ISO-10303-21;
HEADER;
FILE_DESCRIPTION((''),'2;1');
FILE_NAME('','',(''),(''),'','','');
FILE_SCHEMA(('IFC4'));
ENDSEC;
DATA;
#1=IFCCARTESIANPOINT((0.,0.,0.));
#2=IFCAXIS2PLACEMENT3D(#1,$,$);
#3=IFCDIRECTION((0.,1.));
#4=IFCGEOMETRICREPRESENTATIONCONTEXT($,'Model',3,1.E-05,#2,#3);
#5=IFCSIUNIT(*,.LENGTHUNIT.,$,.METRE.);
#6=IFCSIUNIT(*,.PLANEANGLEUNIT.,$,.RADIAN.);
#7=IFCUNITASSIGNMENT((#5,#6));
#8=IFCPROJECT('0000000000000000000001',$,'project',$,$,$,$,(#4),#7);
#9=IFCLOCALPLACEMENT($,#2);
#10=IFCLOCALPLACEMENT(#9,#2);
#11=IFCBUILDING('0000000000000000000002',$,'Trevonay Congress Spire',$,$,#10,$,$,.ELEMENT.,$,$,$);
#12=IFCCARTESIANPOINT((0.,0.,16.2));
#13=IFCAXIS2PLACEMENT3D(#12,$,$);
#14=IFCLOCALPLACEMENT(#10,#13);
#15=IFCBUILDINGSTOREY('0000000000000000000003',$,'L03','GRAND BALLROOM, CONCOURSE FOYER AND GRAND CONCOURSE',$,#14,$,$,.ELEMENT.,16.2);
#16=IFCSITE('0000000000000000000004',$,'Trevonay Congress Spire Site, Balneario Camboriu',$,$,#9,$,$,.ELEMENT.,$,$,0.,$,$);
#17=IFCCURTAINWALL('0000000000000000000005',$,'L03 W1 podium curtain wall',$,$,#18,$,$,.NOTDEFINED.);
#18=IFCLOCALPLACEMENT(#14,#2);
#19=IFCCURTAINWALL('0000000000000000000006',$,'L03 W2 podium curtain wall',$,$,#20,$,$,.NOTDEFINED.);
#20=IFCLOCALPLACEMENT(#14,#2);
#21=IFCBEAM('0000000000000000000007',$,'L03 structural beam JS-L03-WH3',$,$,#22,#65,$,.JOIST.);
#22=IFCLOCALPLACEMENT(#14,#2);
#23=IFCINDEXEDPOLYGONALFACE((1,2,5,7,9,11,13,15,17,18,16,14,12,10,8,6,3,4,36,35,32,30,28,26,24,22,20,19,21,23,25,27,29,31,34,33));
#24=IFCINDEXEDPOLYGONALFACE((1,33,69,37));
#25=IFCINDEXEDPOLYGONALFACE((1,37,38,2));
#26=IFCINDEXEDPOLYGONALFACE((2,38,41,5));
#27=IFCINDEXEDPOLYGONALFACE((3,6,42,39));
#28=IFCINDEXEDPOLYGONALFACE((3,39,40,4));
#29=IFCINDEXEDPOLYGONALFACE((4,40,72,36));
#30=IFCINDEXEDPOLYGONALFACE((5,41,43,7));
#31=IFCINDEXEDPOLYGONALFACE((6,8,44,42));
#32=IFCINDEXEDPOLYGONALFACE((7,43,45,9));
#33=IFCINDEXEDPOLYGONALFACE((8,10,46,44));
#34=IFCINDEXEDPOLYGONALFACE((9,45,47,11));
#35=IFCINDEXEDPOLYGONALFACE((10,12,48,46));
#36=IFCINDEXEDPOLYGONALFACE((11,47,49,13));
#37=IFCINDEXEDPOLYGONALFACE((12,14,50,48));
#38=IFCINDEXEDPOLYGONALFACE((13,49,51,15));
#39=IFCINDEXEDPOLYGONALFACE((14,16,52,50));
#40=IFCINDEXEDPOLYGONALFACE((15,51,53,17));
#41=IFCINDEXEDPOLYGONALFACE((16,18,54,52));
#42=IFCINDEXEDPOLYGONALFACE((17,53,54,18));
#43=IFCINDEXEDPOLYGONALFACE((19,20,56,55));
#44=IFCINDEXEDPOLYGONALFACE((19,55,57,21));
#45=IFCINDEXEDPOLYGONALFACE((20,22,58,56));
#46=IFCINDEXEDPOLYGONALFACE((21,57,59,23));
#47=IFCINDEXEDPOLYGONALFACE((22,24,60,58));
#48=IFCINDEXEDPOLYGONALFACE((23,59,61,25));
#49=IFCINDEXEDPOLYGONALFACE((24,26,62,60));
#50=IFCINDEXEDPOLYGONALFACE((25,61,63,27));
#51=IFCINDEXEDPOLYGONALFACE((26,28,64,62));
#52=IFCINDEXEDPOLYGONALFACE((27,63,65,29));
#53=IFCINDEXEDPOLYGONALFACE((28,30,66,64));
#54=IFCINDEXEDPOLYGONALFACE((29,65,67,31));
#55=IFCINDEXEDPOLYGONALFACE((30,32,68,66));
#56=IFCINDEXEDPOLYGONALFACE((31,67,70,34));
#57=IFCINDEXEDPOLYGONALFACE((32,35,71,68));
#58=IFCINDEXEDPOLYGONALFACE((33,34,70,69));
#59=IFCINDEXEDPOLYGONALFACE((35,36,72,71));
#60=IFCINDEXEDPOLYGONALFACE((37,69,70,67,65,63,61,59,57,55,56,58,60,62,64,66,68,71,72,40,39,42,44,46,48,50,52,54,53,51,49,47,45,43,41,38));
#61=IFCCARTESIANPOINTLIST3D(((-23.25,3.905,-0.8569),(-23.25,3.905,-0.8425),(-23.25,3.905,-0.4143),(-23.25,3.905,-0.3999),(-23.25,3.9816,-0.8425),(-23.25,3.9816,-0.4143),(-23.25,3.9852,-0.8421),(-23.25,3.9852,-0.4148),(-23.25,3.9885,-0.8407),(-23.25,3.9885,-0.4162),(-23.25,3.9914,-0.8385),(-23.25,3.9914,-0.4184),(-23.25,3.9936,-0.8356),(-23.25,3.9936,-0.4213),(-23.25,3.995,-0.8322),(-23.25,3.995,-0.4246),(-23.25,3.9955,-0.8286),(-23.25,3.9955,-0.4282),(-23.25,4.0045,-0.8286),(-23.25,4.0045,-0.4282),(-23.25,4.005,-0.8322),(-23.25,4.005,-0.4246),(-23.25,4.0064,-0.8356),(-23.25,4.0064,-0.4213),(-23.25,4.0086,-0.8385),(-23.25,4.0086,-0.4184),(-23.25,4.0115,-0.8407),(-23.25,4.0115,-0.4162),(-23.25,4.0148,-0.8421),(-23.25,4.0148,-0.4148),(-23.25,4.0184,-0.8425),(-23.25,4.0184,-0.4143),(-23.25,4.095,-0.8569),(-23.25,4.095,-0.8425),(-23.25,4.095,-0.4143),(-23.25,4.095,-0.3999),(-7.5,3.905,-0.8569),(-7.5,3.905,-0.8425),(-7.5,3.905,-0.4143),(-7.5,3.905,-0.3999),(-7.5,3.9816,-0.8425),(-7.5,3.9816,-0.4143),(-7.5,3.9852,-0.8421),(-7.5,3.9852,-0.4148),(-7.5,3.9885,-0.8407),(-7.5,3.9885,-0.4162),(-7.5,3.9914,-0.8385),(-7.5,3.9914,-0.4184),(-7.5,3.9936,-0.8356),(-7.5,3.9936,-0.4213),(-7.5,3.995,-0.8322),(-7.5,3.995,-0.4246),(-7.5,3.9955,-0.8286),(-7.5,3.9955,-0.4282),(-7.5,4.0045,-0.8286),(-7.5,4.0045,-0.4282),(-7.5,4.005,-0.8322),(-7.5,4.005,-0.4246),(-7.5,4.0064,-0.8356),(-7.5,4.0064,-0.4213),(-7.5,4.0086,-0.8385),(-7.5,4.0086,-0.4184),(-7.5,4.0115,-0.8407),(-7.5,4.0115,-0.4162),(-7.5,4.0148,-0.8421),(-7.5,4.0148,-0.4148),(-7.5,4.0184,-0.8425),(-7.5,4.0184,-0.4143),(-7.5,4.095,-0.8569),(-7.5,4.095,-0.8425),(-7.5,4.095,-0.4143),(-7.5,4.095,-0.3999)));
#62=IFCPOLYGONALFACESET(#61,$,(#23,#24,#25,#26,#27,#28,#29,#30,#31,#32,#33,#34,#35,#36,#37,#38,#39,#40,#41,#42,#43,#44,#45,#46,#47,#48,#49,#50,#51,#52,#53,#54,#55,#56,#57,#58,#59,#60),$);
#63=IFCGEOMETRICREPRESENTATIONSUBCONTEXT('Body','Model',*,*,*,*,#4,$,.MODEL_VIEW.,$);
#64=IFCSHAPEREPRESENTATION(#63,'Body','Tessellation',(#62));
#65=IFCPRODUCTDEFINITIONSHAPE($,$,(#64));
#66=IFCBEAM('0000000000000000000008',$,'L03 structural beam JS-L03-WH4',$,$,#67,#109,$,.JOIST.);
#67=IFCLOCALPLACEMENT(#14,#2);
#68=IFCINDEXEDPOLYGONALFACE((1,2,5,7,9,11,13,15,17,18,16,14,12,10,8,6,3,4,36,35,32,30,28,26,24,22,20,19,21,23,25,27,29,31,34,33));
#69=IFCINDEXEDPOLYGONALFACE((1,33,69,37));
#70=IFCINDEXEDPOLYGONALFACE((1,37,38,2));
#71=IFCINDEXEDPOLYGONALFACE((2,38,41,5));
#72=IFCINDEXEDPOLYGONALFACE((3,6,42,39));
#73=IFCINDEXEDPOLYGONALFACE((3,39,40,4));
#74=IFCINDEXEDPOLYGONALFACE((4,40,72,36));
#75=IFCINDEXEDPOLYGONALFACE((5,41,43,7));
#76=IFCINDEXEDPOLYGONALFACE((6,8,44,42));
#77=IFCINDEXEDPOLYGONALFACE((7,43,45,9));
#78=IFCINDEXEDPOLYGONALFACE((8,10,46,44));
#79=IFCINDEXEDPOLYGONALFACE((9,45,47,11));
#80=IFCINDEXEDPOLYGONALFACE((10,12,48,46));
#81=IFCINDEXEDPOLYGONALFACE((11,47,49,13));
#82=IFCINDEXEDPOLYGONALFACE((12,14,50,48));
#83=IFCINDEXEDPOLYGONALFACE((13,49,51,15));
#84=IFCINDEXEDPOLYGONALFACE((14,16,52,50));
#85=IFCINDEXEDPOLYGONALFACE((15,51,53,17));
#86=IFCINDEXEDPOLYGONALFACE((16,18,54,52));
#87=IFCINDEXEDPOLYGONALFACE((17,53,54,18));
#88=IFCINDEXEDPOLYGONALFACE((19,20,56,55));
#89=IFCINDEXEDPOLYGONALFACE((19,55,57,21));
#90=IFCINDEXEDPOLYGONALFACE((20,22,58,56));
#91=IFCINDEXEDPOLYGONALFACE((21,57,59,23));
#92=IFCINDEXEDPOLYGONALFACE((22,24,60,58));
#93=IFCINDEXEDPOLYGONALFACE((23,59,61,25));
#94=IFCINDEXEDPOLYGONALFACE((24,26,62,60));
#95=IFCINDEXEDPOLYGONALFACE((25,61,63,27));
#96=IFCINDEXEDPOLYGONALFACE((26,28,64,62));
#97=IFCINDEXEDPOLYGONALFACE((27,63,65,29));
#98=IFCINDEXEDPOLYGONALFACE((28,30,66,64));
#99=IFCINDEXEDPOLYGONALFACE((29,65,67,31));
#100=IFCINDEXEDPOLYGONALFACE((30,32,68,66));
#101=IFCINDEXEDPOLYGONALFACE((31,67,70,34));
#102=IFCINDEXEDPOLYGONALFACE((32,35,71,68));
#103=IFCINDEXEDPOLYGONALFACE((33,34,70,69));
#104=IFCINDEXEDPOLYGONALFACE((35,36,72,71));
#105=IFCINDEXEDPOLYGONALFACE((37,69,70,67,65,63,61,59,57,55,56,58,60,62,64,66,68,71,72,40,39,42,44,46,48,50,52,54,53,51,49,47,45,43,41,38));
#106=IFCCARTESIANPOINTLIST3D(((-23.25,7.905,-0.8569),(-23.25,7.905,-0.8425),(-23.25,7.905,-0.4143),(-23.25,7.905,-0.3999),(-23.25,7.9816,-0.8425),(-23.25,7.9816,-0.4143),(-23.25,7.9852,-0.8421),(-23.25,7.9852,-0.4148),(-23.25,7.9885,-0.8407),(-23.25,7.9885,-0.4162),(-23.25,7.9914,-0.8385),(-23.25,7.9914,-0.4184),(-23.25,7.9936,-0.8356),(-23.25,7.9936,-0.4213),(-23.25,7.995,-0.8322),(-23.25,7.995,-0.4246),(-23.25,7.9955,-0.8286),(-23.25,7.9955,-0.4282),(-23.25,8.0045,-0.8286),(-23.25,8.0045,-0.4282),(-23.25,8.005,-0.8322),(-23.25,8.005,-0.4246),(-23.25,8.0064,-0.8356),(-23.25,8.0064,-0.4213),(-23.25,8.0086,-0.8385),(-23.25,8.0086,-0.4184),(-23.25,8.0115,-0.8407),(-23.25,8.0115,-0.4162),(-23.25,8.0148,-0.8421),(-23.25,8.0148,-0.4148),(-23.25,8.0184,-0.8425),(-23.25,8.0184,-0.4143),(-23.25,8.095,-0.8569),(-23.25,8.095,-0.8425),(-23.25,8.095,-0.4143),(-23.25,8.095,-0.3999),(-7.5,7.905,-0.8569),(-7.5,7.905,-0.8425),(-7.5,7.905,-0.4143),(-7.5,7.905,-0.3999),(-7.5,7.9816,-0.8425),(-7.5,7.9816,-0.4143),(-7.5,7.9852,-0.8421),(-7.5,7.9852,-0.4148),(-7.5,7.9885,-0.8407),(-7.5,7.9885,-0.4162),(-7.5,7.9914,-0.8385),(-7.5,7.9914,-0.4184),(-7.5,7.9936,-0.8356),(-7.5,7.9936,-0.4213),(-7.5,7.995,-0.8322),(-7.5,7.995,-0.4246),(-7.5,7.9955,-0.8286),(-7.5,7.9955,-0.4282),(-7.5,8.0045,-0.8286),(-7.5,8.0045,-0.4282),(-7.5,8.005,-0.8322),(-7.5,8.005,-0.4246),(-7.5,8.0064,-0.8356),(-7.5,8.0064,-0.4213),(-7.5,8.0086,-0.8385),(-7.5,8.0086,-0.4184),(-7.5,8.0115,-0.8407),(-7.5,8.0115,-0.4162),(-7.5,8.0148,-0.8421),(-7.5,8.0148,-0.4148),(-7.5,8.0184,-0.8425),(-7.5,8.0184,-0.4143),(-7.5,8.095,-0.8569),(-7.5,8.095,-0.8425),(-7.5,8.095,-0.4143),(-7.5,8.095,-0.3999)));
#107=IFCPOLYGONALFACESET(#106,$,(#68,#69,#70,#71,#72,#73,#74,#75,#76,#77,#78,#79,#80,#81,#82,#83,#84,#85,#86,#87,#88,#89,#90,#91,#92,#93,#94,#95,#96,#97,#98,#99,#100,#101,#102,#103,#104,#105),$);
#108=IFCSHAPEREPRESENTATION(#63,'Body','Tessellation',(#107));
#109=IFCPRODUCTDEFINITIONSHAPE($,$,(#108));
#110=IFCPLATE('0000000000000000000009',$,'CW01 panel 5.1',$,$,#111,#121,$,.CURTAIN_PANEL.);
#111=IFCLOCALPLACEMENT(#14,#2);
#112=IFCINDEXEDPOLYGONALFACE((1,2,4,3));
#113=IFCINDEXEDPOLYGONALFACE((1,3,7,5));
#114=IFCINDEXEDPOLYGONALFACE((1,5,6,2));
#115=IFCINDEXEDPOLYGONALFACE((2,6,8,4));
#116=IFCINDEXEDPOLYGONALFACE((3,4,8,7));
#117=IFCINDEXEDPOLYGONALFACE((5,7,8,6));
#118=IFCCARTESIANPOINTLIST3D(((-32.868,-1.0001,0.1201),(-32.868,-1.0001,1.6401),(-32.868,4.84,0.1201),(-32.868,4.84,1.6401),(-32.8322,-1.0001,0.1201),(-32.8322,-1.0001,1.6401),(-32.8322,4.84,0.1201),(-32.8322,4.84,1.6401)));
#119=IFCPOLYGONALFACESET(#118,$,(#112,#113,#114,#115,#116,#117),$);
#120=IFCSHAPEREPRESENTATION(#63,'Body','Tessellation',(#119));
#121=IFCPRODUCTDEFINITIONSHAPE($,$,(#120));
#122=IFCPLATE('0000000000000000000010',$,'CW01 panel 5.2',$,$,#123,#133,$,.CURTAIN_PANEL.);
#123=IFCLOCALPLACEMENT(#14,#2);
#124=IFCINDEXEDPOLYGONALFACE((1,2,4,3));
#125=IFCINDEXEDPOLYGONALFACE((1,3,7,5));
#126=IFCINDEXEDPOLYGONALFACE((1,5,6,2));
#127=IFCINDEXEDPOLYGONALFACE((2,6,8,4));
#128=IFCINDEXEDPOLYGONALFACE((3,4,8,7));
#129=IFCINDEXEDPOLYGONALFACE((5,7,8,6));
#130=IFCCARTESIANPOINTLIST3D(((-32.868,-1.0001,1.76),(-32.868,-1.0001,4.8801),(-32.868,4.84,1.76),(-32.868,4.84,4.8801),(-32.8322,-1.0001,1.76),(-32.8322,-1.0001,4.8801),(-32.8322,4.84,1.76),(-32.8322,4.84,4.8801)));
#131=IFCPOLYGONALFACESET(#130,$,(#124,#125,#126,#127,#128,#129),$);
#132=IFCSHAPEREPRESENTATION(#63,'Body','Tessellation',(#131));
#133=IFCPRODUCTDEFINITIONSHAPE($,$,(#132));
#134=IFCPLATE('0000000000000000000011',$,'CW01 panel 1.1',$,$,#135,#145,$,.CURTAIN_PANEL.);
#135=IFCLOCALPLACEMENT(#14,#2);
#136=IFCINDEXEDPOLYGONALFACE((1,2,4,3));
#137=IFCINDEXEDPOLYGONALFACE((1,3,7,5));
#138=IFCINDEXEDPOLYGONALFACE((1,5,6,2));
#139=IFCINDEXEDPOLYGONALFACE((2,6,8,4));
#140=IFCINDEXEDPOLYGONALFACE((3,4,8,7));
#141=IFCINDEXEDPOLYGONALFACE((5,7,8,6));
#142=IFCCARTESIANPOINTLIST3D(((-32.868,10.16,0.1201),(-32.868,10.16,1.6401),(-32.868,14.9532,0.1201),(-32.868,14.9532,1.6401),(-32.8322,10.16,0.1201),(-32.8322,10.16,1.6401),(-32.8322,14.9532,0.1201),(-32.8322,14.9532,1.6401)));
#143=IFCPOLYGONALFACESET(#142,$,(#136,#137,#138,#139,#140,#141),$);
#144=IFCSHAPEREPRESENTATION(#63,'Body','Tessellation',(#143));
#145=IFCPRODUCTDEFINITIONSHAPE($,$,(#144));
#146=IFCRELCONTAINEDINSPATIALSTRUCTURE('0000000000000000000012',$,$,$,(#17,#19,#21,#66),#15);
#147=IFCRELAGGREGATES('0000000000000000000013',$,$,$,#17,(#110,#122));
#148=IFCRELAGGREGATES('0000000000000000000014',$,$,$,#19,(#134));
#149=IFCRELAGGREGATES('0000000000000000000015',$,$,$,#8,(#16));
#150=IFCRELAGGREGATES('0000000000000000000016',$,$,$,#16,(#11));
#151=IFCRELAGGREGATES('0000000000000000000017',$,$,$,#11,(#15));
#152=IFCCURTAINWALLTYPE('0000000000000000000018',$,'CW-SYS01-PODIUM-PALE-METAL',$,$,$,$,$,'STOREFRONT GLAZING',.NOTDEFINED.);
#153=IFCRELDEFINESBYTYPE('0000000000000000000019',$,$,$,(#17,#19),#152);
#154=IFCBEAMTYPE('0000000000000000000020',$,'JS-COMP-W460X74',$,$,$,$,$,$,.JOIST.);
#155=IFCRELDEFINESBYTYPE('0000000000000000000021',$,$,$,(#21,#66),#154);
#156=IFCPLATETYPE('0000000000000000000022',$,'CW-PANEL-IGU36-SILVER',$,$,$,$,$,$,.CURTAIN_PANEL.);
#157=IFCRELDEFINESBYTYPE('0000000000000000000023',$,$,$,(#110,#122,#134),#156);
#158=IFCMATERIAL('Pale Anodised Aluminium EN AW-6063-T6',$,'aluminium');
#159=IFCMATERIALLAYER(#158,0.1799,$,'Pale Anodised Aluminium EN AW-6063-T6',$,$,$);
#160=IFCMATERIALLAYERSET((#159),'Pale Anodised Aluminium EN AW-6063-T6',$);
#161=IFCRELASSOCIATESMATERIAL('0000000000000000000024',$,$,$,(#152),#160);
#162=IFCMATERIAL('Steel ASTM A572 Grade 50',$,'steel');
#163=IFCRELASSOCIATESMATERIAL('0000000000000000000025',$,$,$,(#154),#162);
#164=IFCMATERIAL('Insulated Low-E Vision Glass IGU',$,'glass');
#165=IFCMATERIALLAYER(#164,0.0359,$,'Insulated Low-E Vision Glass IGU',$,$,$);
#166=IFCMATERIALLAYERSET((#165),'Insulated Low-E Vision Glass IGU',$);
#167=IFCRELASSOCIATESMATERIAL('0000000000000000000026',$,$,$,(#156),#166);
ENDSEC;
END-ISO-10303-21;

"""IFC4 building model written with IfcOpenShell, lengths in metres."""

from ifc_helpers import new_model, si_unit, direction, frame, origin, origin_2d, place, context, subcontext, project, spatial, rectangle, i_section, extrude, material, layer, layer_set, material_profile, profile_set, type_object, element, aggregate, save


model = new_model("IFC4")

# Units and contexts
model_context = context("Model", 3, precision=1e-05, world=origin(), true_north=direction((0.0, 1.0)))
body_context = subcontext(model_context, "Body", "Model", "MODEL_VIEW")
ifc_project = project(units=[si_unit("LENGTHUNIT", "METRE"), si_unit("PLANEANGLEUNIT", "RADIAN")], contexts=[model_context])

# Site, building, storey
site_placement = place(None, origin())
site = spatial("IfcSite", under=ifc_project, at=site_placement, Name="Trevonay Congress Spire Site, Balneario Camboriu", CompositionType="ELEMENT", RefElevation=0.0)
building_placement = place(site_placement, origin())
building = spatial("IfcBuilding", under=site, at=building_placement, Name="Trevonay Congress Spire", CompositionType="ELEMENT")
storey_placement = place(building_placement, frame((0.0, 0.0, 16.2)))
storey = spatial("IfcBuildingStorey", under=building, at=storey_placement, Name="L03", Description="GRAND BALLROOM, CONCOURSE FOYER AND GRAND CONCOURSE", CompositionType="ELEMENT", Elevation=16.2)

# Shared definitions
ifc_material_1 = material(Name="Steel ASTM A572 Grade 50", Category="steel")

# Curtain wall
ifc_material_2 = material(Name="Pale Anodised Aluminium EN AW-6063-T6", Category="aluminium")
ifc_layer_1 = layer(ifc_material_2, 0.1799, Name="Pale Anodised Aluminium EN AW-6063-T6")
ifc_layer_set_1 = layer_set([ifc_layer_1], Name="Pale Anodised Aluminium EN AW-6063-T6")
curtain_wall_type = type_object("IfcCurtainWallType", Name="CW-SYS01-PODIUM-PALE-METAL", ElementType="STOREFRONT GLAZING", PredefinedType="NOTDEFINED", material=ifc_layer_set_1)
curtain_wall_1_placement = place(storey_placement, origin())
curtain_wall_1 = element("IfcCurtainWall", 1, at=curtain_wall_1_placement, inside=storey, type_object=curtain_wall_type, Name="L03 W1 podium curtain wall", PredefinedType="NOTDEFINED")

# Curtain wall
curtain_wall_2_placement = place(storey_placement, origin())
curtain_wall_2 = element("IfcCurtainWall", 2, at=curtain_wall_2_placement, inside=storey, type_object=curtain_wall_type, Name="L03 W2 podium curtain wall", PredefinedType="NOTDEFINED")

# Beams
ifc_material_profile_1 = material_profile(ifc_material_1, i_section(OverallWidth=0.1899, OverallDepth=0.457, WebThickness=0.009, FlangeThickness=0.0144, FilletRadius=0.0139, at=origin_2d()), Name="W460x74")
ifc_profile_set_1 = profile_set([ifc_material_profile_1], Name="Steel ASTM A572 Grade 50")
beam_type_1 = type_object("IfcBeamType", Name="JS-COMP-W460X74", PredefinedType="JOIST", material=ifc_profile_set_1)
for number, where, z_axis, x_axis, name in (
    (3, (-23.25, 4.0, -0.6284), (1.0, 0.0, 0.0), (0.0, 1.0, 0.0), "L03 structural beam JS-L03-WH3"),
    (4, (-23.25, 8.0, -0.6284), (1.0, 0.0, 0.0), (0.0, 1.0, 0.0), "L03 structural beam JS-L03-WH4"),
):
    element("IfcBeam", number, at=place(storey_placement, frame(where, z_axis=z_axis, x_axis=x_axis)), inside=storey, type_object=beam_type_1, Name=name, PredefinedType="JOIST", context=body_context, shape_type="SweptSolid", body=[
        extrude(i_section(OverallWidth=0.1899, OverallDepth=0.457, WebThickness=0.009, FlangeThickness=0.0144, FilletRadius=0.0139, at=origin_2d()), origin(), (0.0, 0.0, 1.0), 15.75),
    ])

# Plates
ifc_material_3 = material(Name="Insulated Low-E Vision Glass IGU", Category="glass")
ifc_layer_2 = layer(ifc_material_3, 0.0359, Name="Insulated Low-E Vision Glass IGU")
ifc_layer_set_2 = layer_set([ifc_layer_2], Name="Insulated Low-E Vision Glass IGU")
plate_type = type_object("IfcPlateType", Name="CW-PANEL-IGU36-SILVER", PredefinedType="CURTAIN_PANEL", material=ifc_layer_set_2)
plate_1_placement = place(storey_placement, frame((-32.8501, 1.9199, 0.1201), z_axis=(0.0, 0.0, 1.0), x_axis=(0.0, 1.0, 0.0)))
plate_1 = element("IfcPlate", 5, at=plate_1_placement, type_object=plate_type, Name="CW01 panel 5.1", PredefinedType="CURTAIN_PANEL", context=body_context, shape_type="SweptSolid", body=[
    extrude(rectangle(XDim=5.8401, YDim=0.0359, at=origin_2d()), origin(), (0.0, 0.0, 1.0), 1.52),
])
plate_2_placement = place(storey_placement, frame((-32.8501, 1.9199, 1.76), z_axis=(0.0, 0.0, 1.0), x_axis=(0.0, 1.0, 0.0)))
plate_2 = element("IfcPlate", 6, at=plate_2_placement, type_object=plate_type, Name="CW01 panel 5.2", PredefinedType="CURTAIN_PANEL", context=body_context, shape_type="SweptSolid", body=[
    extrude(rectangle(XDim=5.8401, YDim=0.0359, at=origin_2d()), origin(), (0.0, 0.0, 1.0), 3.1201),
])
aggregate(curtain_wall_1, [plate_1, plate_2])
plate_3_placement = place(storey_placement, frame((-32.8501, 12.5566, 0.1201), z_axis=(0.0, 0.0, 1.0), x_axis=(0.0, 1.0, 0.0)))
plate_3 = element("IfcPlate", 7, at=plate_3_placement, type_object=plate_type, Name="CW01 panel 1.1", PredefinedType="CURTAIN_PANEL", context=body_context, shape_type="SweptSolid", body=[
    extrude(rectangle(XDim=4.7932, YDim=0.0359, at=origin_2d()), origin(), (0.0, 0.0, 1.0), 1.52),
])
aggregate(curtain_wall_2, [plate_3])

save(model, "model.ifc")
